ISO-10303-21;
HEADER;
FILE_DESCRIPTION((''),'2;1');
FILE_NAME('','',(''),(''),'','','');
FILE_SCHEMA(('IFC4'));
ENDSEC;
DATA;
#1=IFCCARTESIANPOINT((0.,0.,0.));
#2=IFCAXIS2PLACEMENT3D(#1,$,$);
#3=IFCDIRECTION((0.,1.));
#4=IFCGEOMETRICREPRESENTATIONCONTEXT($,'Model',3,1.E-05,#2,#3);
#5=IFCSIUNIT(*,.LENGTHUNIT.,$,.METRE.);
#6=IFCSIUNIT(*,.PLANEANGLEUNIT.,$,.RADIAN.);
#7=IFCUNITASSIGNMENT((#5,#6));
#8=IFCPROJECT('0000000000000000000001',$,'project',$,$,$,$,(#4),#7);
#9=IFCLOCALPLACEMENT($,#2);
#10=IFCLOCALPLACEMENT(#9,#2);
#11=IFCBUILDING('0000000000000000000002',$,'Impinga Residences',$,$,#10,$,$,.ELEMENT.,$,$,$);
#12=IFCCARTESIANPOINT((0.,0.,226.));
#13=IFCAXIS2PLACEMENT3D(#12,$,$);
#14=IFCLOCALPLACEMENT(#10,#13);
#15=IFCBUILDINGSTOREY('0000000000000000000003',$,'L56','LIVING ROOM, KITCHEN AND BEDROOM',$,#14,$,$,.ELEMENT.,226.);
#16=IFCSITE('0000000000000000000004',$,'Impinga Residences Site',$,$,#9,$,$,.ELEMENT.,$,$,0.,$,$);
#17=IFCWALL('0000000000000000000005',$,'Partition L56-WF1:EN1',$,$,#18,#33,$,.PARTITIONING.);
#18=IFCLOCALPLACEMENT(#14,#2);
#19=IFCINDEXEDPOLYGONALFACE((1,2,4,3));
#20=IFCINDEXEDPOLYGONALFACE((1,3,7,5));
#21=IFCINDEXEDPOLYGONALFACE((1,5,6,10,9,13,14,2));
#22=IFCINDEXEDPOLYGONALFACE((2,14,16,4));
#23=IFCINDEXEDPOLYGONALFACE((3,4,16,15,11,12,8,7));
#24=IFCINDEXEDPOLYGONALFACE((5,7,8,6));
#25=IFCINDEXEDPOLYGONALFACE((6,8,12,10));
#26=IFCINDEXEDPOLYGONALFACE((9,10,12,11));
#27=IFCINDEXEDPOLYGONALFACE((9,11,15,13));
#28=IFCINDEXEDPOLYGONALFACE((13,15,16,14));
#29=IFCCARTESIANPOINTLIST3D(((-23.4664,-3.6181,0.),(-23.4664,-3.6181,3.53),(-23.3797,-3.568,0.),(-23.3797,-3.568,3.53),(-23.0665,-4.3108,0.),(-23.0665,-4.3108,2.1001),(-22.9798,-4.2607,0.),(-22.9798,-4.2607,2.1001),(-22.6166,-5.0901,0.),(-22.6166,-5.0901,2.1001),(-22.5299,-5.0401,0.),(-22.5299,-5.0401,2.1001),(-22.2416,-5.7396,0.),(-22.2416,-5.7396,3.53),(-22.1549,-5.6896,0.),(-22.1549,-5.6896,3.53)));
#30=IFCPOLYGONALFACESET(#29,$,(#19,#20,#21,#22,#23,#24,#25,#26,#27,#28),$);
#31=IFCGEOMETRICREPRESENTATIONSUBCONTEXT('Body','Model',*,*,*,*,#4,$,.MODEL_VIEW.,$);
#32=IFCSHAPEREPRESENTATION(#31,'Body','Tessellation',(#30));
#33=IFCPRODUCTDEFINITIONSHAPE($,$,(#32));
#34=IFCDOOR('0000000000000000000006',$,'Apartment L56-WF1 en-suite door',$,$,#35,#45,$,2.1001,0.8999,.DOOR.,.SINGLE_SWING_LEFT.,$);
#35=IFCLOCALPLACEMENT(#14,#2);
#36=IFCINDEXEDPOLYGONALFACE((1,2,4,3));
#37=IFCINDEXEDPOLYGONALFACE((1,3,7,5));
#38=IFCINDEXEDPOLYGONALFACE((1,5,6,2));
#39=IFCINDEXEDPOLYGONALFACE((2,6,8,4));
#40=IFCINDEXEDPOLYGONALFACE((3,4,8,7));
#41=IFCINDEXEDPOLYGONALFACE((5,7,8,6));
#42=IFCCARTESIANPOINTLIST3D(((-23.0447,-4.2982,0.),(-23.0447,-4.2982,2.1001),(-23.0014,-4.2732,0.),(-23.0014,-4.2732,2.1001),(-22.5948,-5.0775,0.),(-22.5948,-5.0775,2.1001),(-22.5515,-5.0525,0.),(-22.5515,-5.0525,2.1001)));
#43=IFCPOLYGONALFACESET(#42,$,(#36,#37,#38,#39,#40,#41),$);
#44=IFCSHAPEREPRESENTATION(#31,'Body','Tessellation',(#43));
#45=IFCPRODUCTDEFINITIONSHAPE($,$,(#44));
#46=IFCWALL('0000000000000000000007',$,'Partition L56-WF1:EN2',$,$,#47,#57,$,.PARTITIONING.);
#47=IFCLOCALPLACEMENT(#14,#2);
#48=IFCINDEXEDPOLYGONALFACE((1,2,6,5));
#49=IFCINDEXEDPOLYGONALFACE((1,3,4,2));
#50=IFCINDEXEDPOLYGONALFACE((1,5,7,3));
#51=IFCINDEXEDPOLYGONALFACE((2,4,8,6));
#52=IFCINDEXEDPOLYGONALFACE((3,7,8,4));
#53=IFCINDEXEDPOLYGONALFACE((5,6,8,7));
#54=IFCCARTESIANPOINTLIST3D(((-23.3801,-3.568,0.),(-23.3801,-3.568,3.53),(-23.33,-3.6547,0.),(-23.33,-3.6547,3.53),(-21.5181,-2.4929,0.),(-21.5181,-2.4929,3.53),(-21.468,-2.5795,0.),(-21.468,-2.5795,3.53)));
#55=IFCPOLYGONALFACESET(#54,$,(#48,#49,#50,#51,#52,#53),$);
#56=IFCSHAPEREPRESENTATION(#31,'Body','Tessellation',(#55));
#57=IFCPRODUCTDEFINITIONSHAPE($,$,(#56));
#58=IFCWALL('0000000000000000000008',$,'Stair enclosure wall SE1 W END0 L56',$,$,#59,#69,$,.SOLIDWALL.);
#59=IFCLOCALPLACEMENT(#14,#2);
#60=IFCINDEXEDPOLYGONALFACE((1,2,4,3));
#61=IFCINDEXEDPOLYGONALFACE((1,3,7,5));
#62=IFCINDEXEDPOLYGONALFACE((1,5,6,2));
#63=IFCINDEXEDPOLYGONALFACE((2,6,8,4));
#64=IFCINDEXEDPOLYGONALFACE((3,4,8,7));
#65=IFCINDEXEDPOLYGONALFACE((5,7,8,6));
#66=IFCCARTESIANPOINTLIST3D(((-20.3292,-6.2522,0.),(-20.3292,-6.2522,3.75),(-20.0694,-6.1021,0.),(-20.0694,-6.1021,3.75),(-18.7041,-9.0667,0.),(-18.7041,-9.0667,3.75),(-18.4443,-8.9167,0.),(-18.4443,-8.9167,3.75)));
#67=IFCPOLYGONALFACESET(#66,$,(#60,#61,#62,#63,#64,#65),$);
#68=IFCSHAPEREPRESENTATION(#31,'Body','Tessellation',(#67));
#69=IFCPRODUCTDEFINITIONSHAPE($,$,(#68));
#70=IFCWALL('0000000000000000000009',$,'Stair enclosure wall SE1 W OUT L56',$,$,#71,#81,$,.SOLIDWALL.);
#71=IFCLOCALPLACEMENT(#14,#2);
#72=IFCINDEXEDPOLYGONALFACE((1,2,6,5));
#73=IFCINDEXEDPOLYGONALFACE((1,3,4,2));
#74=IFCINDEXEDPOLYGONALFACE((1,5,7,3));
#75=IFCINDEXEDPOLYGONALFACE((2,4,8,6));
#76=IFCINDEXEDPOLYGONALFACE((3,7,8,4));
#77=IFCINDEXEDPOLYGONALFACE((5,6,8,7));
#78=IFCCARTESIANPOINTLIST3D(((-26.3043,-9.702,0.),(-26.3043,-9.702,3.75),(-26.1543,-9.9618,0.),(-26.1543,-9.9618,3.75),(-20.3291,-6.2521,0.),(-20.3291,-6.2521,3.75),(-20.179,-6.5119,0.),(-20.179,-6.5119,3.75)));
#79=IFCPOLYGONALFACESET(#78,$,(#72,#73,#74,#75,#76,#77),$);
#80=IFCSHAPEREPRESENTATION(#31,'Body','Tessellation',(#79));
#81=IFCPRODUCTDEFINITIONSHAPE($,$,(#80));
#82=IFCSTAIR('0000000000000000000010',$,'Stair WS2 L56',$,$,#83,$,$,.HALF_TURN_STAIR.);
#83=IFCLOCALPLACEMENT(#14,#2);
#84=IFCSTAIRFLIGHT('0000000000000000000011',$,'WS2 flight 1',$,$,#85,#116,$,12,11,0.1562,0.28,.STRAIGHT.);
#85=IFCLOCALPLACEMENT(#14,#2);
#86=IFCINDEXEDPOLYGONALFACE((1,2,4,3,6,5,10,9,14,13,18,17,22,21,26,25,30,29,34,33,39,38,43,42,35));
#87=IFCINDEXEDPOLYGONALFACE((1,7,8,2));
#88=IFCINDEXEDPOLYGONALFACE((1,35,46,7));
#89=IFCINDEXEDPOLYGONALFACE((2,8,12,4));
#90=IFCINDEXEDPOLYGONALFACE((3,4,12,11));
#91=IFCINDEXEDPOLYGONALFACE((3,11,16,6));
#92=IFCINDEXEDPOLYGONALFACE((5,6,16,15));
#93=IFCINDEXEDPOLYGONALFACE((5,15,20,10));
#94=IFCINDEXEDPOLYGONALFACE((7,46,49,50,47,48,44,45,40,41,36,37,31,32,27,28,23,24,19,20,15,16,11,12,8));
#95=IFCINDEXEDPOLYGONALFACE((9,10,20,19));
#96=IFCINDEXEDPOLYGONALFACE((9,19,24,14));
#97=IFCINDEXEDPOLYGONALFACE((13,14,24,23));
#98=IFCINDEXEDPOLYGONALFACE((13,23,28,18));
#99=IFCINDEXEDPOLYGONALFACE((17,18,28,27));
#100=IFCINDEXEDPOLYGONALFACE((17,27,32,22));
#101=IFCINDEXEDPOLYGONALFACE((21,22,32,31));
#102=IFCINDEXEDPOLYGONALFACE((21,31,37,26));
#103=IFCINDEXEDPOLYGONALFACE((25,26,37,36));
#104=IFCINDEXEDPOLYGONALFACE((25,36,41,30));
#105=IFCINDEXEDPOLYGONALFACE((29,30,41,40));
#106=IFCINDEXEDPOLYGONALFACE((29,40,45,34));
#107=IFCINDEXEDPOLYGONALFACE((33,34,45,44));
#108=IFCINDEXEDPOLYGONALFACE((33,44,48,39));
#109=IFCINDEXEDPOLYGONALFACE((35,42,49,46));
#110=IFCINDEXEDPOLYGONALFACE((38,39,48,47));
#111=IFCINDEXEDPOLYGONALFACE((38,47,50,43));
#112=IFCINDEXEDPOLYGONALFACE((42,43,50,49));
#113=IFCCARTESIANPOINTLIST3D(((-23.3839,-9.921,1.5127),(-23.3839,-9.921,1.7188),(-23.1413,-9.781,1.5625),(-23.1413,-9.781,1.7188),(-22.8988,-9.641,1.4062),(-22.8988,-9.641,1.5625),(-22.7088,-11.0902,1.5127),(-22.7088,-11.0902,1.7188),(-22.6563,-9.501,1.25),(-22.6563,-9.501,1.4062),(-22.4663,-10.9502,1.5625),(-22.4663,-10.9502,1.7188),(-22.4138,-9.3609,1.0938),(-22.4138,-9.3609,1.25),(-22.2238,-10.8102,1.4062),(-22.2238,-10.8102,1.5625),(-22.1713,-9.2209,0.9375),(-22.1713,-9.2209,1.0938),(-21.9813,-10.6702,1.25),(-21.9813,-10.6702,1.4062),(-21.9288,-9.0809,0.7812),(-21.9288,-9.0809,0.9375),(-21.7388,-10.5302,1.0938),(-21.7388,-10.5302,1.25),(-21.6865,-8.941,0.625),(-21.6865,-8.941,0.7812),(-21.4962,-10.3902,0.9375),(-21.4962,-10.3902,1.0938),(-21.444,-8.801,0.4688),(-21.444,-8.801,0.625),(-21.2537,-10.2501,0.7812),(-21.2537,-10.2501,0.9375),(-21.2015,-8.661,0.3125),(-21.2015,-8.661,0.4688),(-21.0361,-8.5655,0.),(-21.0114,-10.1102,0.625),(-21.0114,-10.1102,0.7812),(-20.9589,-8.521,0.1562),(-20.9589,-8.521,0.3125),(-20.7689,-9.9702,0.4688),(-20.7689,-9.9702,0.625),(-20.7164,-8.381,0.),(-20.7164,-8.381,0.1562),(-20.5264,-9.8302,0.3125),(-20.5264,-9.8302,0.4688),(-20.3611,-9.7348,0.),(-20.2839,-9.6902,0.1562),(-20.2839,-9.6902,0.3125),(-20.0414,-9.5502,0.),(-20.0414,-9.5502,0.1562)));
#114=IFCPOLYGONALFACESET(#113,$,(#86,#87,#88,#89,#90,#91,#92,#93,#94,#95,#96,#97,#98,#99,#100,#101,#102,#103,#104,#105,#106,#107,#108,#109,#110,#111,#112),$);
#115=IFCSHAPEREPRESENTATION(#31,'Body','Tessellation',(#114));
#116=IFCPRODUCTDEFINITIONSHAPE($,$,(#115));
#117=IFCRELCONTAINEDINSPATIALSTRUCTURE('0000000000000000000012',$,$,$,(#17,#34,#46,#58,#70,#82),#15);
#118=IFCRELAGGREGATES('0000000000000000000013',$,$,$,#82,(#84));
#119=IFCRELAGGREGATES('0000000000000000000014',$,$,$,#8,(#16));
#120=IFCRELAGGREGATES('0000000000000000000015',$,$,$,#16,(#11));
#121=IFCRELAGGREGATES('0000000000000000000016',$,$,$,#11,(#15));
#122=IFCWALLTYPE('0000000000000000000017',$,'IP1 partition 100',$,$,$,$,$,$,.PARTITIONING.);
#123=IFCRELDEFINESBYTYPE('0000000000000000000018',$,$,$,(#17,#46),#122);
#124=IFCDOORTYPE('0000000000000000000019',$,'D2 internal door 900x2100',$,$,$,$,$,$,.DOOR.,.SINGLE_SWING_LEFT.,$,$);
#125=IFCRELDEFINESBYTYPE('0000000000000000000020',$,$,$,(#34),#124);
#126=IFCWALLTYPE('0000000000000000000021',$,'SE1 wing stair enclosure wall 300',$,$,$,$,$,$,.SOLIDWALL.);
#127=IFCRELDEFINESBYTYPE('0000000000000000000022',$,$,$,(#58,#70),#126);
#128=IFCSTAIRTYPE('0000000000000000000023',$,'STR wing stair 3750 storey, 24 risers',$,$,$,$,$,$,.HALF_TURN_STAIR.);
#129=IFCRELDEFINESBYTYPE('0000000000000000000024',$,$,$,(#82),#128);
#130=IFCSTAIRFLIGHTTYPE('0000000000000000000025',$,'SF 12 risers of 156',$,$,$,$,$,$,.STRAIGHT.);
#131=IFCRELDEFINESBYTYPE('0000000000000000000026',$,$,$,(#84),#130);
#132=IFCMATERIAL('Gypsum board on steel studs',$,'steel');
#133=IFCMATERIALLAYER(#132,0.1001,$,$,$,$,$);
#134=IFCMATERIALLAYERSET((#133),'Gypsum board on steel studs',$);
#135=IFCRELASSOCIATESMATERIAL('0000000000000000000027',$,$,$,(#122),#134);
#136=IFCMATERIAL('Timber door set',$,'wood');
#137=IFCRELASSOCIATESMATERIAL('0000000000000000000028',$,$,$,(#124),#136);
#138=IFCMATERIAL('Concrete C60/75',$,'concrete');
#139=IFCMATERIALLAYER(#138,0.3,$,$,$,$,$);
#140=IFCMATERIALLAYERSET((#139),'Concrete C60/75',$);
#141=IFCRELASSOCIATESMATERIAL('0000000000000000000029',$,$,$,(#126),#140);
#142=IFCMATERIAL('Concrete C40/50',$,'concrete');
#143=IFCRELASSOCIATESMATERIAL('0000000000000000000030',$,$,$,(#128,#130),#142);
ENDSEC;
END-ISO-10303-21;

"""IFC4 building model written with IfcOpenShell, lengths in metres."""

from ifc_helpers import new_model, si_unit, direction, frame, frame_2d, origin, place, context, subcontext, project, spatial, polyline, rectangle, outline, extrude, material, layer, layer_set, type_object, element, fill, aggregate, save


model = new_model("IFC4")

# Units and contexts
model_context = context("Model", 3, precision=1e-05, world=origin(), true_north=direction((0.0, 1.0)))
body_context = subcontext(model_context, "Body", "Model", "MODEL_VIEW")
ifc_project = project(units=[si_unit("LENGTHUNIT", "METRE"), si_unit("PLANEANGLEUNIT", "RADIAN")], contexts=[model_context])

# Site, building, storey
site_placement = place(None, origin())
site = spatial("IfcSite", under=ifc_project, at=site_placement, Name="Impinga Residences Site", CompositionType="ELEMENT", RefElevation=0.0)
building_placement = place(site_placement, origin())
building = spatial("IfcBuilding", under=site, at=building_placement, Name="Impinga Residences", CompositionType="ELEMENT")
storey_placement = place(building_placement, frame((0.0, 0.0, 226.0)))
storey = spatial("IfcBuildingStorey", under=building, at=storey_placement, Name="L56", Description="LIVING ROOM, KITCHEN AND BEDROOM", CompositionType="ELEMENT", Elevation=226.0)

# Shared definitions
ifc_material_1 = material(Name="Concrete C60/75", Category="concrete")

# Shared definitions
ifc_material_2 = material(Name="Gypsum board on steel studs", Category="steel")
ifc_layer_1 = layer(ifc_material_2, 0.1001)
ifc_layer_set_1 = layer_set([ifc_layer_1], Name="Gypsum board on steel studs")
wall_type_1 = type_object("IfcWallType", Name="IP1 partition 100", PredefinedType="PARTITIONING", material=ifc_layer_set_1)

# Wall, opening, door
wall_1_placement = place(storey_placement, frame((-22.1982, -5.7146, 0.0), z_axis=(0.0, 0.0, 1.0), x_axis=(-0.499987, 0.866033, 0.0)))
wall_1 = element("IfcWall", 1, at=wall_1_placement, inside=storey, type_object=wall_type_1, Name="Partition L56-WF1:EN1", PredefinedType="PARTITIONING", context=body_context, shape_type="SweptSolid", body=[
    extrude(rectangle(XDim=2.4497, YDim=0.1001, at=frame_2d((1.2249, 0.0))), origin(), (0.0, 0.0, 1.0), 3.53),
])
opening_1_placement = place(wall_1_placement, frame((0.75, 0.0, 0.0)))
opening_1 = element("IfcOpeningElement", 2, at=opening_1_placement, cuts=wall_1, PredefinedType="OPENING", context=body_context, shape_type="SweptSolid", body=[
    extrude(rectangle(XDim=0.8999, YDim=2.1001, at=frame_2d((0.45, 1.05))), frame((0.0, 0.0601, 0.0), z_axis=(0.0, -1.0, 0.0), x_axis=(1.0, 0.0, 0.0)), (0.0, 0.0, 1.0), 0.1201),
])
ifc_material_3 = material(Name="Timber door set", Category="wood")
door_type = type_object("IfcDoorType", Name="D2 internal door 900x2100", OperationType="SINGLE_SWING_LEFT", PredefinedType="DOOR", material=ifc_material_3)
door_placement = place(opening_1_placement, origin())
door = element("IfcDoor", 3, at=door_placement, inside=storey, type_object=door_type, Name="Apartment L56-WF1 en-suite door", OperationType="SINGLE_SWING_LEFT", OverallHeight=2.1001, OverallWidth=0.8999, PredefinedType="DOOR", context=body_context, shape_type="SweptSolid", body=[
    extrude(rectangle(XDim=0.8999, YDim=2.1001, at=frame_2d((0.45, 1.05))), frame((0.0, 0.0249, 0.0), z_axis=(0.0, -1.0, 0.0), x_axis=(1.0, 0.0, 0.0)), (0.0, 0.0, 1.0), 0.05),
])
fill(opening_1, door)

# Walls
wall_2_placement = place(storey_placement, frame((-21.4929, -2.5361, 0.0), z_axis=(0.0, 0.0, 1.0), x_axis=(-0.865998, -0.500047, 0.0)))
element("IfcWall", 4, at=wall_2_placement, inside=storey, type_object=wall_type_1, Name="Partition L56-WF1:EN2", PredefinedType="PARTITIONING", context=body_context, shape_type="SweptSolid", body=[
    extrude(rectangle(XDim=2.1501, YDim=0.1001, at=frame_2d((1.0752, 0.0))), origin(), (0.0, 0.0, 1.0), 3.53),
])
ifc_layer_2 = layer(ifc_material_1, 0.3)
ifc_layer_set_2 = layer_set([ifc_layer_2], Name="Concrete C60/75")
wall_type_2 = type_object("IfcWallType", Name="SE1 wing stair enclosure wall 300", PredefinedType="SOLIDWALL", material=ifc_layer_set_2)
wall_3_placement = place(storey_placement, frame((-18.5742, -8.9917, 0.0), z_axis=(0.0, 0.0, 1.0), x_axis=(-0.500017, 0.866015, 0.0)))
element("IfcWall", 5, at=wall_3_placement, inside=storey, type_object=wall_type_2, Name="Stair enclosure wall SE1 W END0 L56", PredefinedType="SOLIDWALL", context=body_context, shape_type="SweptSolid", body=[
    extrude(rectangle(XDim=3.25, YDim=0.3, at=frame_2d((1.625, 0.0))), origin(), (0.0, 0.0, 1.0), 3.75),
])
wall_4_placement = place(storey_placement, frame((-20.2542, -6.3821, 0.0), z_axis=(0.0, 0.0, 1.0), x_axis=(-0.86602, -0.500009, 0.0)))
element("IfcWall", 6, at=wall_4_placement, inside=storey, type_object=wall_type_2, Name="Stair enclosure wall SE1 W OUT L56", PredefinedType="SOLIDWALL", context=body_context, shape_type="SweptSolid", body=[
    extrude(rectangle(XDim=6.8997, YDim=0.3, at=frame_2d((3.4497, 0.0))), origin(), (0.0, 0.0, 1.0), 3.75),
])

# Stair, stair flight
ifc_material_4 = material(Name="Concrete C40/50", Category="concrete")
stair_type = type_object("IfcStairType", Name="STR wing stair 3750 storey, 24 risers", PredefinedType="HALF_TURN_STAIR", material=ifc_material_4)
stair_placement = place(storey_placement, origin())
stair = element("IfcStair", 7, at=stair_placement, inside=storey, type_object=stair_type, Name="Stair WS2 L56", PredefinedType="HALF_TURN_STAIR")
stair_flight_type = type_object("IfcStairFlightType", Name="SF 12 risers of 156", PredefinedType="STRAIGHT", material=ifc_material_4)
stair_flight_placement = place(storey_placement, frame((-20.3789, -8.9656, 0.0), z_axis=(0.0, 0.0, 1.0), x_axis=(-0.866025, -0.5, 0.0)))
stair_flight = element("IfcStairFlight", 8, at=stair_flight_placement, type_object=stair_flight_type, Name="WS2 flight 1", NumberOfRisers=12, NumberOfTreads=11, PredefinedType="STRAIGHT", RiserHeight=0.1562, TreadLength=0.28, context=body_context, shape_type="SweptSolid", body=[
    extrude(outline(polyline([(0.0, 0.0), (0.0, 0.1562), (0.28, 0.1562), (0.28, 0.3125), (0.5601, 0.3125), (0.5601, 0.4688), (0.8401, 0.4688), (0.8401, 0.625), (1.1201, 0.625), (1.1201, 0.7812), (1.3999, 0.7812), (1.3999, 0.9375), (1.6799, 0.9375), (1.6799, 1.0938), (1.96, 1.0938), (1.96, 1.25), (2.24, 1.25), (2.24, 1.4062), (2.52, 1.4062), (2.52, 1.5625), (2.8, 1.5625), (2.8, 1.7188), (3.0801, 1.7188), (3.0801, 1.875), (3.0801, 1.5127), (0.3691, 0.0), (0.0, 0.0)])), frame((0.0, 0.675, 0.0), z_axis=(0.0, -1.0, 0.0), x_axis=(1.0, 0.0, 0.0)), (0.0, 0.0, 1.0), 1.3501),
])
aggregate(stair, [stair_flight])

save(model, "model.ifc")
